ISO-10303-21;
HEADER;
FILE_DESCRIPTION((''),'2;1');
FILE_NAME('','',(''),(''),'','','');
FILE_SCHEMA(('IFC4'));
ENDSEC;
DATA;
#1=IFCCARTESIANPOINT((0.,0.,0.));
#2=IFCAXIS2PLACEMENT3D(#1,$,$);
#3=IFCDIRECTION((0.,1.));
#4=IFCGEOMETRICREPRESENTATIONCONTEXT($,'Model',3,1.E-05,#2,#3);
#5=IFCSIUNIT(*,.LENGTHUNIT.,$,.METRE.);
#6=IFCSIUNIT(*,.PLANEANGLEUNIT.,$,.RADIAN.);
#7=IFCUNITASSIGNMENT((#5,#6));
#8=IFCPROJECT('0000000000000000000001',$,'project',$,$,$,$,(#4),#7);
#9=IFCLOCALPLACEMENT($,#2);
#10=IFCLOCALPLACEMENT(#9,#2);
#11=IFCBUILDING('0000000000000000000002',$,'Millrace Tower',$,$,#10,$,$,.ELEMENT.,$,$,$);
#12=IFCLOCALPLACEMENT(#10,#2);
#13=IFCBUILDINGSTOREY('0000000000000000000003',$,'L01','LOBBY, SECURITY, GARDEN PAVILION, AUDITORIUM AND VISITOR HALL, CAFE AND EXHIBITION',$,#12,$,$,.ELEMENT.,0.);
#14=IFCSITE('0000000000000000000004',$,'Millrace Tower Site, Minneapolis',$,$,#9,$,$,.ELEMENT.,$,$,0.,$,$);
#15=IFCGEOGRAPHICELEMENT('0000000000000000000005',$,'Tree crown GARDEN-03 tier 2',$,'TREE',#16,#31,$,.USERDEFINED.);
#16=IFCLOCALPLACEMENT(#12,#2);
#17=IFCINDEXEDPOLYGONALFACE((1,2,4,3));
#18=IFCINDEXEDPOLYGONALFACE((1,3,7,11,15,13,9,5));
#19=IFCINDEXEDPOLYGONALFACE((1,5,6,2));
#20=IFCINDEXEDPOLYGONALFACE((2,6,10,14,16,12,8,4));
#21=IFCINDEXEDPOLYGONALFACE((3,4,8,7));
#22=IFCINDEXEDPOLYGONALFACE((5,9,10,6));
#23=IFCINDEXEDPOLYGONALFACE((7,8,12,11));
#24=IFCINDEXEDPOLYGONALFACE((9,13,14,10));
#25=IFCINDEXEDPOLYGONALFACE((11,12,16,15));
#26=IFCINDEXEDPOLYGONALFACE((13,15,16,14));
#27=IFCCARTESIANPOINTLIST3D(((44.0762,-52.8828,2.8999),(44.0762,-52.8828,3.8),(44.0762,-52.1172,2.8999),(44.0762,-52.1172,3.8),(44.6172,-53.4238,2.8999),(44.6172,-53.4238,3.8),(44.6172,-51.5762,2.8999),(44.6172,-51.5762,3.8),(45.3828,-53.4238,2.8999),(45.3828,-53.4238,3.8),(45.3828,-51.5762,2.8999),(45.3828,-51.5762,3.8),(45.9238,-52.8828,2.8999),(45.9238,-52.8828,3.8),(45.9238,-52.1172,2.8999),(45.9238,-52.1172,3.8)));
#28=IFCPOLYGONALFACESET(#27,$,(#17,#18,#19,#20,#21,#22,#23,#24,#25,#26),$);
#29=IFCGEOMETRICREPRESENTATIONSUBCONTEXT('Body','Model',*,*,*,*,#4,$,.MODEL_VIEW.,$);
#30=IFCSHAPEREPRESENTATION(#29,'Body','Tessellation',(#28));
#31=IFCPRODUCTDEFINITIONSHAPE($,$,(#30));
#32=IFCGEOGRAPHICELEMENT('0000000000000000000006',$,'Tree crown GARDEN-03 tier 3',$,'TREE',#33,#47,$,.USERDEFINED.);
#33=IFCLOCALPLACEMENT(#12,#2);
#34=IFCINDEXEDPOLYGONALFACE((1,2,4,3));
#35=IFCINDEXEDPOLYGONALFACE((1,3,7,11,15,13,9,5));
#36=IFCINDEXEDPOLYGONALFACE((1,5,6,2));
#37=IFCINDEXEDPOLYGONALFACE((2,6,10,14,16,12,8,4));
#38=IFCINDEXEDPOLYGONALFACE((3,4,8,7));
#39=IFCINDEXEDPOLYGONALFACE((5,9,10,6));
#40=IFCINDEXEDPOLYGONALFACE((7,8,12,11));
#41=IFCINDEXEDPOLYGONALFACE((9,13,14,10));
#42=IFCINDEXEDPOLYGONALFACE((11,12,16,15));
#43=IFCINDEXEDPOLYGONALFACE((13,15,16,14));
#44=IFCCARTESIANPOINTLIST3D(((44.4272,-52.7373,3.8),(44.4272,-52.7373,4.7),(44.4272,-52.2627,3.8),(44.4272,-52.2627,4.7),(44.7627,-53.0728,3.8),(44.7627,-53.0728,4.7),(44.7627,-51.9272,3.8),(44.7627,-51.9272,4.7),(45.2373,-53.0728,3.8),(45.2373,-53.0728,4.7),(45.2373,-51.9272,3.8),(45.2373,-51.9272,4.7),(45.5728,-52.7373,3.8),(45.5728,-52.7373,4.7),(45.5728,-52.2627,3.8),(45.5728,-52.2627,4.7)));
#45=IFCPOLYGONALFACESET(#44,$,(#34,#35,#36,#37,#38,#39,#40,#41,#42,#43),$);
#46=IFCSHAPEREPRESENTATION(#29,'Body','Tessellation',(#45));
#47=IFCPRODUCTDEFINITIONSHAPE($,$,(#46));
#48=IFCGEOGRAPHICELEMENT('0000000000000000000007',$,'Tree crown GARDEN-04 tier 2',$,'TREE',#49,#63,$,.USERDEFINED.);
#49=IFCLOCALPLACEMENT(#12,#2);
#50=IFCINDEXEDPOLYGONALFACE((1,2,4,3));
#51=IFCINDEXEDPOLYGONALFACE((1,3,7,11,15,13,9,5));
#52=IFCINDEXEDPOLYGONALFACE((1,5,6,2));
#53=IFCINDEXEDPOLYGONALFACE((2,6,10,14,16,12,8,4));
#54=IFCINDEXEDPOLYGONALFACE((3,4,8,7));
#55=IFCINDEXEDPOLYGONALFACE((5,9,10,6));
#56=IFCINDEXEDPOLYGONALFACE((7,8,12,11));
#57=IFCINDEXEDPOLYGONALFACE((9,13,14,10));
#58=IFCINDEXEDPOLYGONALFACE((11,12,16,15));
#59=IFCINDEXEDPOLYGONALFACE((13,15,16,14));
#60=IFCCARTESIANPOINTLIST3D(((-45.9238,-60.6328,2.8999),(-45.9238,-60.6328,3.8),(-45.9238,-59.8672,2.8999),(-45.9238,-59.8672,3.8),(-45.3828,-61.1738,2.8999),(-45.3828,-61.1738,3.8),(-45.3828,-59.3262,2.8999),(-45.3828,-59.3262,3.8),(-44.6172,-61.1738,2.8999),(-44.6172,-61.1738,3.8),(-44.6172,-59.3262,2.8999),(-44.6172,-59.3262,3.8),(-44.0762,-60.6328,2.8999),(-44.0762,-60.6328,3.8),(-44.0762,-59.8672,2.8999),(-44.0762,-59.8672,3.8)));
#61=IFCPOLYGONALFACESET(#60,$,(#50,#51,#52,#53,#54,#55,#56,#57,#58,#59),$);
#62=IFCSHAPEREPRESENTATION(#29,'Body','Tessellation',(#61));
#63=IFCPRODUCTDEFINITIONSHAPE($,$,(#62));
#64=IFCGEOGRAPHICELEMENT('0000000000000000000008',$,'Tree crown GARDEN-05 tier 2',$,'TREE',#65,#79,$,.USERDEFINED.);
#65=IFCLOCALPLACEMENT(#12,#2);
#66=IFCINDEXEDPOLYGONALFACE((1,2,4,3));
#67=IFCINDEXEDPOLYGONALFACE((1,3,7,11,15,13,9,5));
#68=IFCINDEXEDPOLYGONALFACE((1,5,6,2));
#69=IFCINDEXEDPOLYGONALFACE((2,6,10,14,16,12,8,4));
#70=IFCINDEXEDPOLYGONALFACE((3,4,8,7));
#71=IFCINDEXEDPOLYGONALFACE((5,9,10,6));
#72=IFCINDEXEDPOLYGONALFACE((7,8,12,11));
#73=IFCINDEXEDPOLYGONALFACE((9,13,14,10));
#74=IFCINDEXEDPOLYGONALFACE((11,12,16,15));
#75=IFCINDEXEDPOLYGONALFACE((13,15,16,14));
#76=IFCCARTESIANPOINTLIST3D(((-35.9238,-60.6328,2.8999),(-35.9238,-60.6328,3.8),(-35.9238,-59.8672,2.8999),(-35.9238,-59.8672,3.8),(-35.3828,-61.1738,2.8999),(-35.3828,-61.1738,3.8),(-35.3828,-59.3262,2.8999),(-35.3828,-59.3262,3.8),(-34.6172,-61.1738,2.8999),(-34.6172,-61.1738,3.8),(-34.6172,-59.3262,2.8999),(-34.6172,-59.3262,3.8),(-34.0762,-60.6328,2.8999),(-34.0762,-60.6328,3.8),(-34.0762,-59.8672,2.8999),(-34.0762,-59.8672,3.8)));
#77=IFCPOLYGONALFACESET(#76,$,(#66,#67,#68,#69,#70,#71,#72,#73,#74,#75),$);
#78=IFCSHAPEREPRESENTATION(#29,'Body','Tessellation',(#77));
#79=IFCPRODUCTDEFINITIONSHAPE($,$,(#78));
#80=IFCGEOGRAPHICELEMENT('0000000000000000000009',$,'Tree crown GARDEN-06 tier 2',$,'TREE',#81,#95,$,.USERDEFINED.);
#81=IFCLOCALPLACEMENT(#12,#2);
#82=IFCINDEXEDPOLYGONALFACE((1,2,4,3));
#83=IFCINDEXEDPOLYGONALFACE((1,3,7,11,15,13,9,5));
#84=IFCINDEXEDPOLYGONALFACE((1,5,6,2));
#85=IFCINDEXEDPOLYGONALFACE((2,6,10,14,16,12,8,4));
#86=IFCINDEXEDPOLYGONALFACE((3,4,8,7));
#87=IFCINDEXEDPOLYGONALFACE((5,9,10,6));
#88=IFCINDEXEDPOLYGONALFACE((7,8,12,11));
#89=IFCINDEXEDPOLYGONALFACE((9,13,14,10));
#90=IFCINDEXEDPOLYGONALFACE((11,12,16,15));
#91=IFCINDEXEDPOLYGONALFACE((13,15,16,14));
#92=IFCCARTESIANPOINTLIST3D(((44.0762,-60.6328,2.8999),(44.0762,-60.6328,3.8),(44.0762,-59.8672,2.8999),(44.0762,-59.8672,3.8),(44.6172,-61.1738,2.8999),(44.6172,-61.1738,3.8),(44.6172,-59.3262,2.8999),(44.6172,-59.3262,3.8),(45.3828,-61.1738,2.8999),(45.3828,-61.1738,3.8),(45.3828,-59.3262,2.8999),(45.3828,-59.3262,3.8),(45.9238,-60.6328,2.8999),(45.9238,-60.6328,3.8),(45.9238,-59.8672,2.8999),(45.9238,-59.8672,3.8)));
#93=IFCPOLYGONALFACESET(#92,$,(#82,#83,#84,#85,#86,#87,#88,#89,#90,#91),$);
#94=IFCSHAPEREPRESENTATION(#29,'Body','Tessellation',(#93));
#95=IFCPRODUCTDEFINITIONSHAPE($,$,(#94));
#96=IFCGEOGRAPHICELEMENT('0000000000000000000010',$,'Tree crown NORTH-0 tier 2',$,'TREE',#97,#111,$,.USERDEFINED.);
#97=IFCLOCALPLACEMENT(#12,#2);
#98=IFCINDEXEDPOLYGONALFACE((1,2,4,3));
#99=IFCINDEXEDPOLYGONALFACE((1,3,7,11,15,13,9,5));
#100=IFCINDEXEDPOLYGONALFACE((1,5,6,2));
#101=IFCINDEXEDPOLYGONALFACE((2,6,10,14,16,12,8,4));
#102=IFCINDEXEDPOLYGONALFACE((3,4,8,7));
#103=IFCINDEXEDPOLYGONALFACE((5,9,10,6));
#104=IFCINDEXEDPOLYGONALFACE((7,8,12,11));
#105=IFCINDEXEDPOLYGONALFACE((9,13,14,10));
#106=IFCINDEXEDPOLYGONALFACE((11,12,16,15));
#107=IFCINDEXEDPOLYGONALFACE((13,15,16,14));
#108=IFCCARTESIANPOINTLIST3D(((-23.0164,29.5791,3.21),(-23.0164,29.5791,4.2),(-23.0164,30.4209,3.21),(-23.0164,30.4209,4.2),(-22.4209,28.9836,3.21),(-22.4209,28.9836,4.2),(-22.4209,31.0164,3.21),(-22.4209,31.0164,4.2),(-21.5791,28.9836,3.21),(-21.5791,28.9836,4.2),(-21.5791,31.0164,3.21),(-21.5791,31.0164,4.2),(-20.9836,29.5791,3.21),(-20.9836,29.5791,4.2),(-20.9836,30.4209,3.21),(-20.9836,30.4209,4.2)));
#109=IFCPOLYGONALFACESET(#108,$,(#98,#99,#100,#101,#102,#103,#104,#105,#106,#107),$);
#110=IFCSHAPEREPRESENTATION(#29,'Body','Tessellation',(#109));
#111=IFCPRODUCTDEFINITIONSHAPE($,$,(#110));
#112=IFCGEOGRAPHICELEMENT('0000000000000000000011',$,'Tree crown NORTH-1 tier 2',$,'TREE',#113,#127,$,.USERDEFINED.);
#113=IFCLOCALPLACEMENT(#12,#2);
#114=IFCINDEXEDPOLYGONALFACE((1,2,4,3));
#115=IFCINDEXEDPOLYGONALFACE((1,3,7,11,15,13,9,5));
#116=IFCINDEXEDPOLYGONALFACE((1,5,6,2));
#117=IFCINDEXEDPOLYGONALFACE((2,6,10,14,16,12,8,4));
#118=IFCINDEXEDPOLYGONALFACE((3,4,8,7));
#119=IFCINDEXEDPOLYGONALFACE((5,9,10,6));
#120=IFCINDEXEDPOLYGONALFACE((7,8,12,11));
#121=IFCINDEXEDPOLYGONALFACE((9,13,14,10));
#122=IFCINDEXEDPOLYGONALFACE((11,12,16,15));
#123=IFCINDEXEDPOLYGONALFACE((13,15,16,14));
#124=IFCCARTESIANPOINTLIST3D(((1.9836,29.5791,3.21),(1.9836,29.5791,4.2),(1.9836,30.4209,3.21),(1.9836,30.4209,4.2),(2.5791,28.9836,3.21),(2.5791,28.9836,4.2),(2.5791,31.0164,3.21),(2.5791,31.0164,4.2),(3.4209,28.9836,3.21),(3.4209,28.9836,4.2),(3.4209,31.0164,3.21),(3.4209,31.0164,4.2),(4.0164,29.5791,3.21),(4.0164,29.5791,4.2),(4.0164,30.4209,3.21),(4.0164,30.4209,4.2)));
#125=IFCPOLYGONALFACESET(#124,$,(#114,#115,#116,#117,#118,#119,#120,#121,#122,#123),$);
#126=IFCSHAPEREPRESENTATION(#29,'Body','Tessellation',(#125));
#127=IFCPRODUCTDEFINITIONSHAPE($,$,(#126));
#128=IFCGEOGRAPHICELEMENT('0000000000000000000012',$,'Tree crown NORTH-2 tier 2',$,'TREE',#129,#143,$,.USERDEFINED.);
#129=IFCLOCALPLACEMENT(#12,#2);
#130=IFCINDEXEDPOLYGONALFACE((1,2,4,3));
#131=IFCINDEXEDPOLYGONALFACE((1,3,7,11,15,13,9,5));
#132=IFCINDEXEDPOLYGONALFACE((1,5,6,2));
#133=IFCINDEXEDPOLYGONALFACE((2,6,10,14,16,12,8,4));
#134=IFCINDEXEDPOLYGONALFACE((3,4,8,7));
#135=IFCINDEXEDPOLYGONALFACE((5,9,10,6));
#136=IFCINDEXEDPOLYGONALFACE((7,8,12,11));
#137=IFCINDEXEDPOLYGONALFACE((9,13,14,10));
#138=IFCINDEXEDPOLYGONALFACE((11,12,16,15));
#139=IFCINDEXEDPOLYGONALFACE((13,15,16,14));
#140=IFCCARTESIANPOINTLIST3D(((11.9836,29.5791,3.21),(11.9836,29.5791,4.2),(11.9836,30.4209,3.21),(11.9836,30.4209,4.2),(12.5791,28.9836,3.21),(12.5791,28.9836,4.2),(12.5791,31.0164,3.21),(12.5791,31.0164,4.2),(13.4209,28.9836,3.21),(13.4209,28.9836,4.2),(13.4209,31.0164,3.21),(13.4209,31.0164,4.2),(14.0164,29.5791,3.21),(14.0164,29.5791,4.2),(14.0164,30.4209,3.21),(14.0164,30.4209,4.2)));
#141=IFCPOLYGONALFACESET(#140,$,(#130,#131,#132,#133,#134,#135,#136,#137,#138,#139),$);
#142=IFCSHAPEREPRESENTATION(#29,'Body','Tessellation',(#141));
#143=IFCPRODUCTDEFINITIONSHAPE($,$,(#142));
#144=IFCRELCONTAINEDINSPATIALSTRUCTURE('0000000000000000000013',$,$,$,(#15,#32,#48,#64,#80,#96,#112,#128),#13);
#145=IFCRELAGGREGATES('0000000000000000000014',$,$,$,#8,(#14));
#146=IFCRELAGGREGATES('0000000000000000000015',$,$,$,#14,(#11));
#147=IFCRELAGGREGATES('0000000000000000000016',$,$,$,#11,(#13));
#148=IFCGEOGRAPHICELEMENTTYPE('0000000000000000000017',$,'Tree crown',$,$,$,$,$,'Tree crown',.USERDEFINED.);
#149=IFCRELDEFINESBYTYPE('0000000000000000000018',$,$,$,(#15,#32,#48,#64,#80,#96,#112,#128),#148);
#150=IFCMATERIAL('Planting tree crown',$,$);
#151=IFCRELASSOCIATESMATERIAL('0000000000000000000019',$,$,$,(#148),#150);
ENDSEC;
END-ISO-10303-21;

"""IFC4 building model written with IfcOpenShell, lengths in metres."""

from ifc_helpers import new_model, si_unit, direction, frame, origin, place, context, subcontext, project, spatial, polyline, outline, extrude, material, type_object, element, save


model = new_model("IFC4")

# Units and contexts
model_context = context("Model", 3, precision=1e-05, world=origin(), true_north=direction((0.0, 1.0)))
body_context = subcontext(model_context, "Body", "Model", "MODEL_VIEW")
ifc_project = project(units=[si_unit("LENGTHUNIT", "METRE"), si_unit("PLANEANGLEUNIT", "RADIAN")], contexts=[model_context])

# Site, building, storey
site_placement = place(None, origin())
site = spatial("IfcSite", under=ifc_project, at=site_placement, Name="Millrace Tower Site, Minneapolis", CompositionType="ELEMENT", RefElevation=0.0)
building_placement = place(site_placement, origin())
building = spatial("IfcBuilding", under=site, at=building_placement, Name="Millrace Tower", CompositionType="ELEMENT")
storey_placement = place(building_placement, origin())
storey = spatial("IfcBuildingStorey", under=building, at=storey_placement, Name="L01", Description="LOBBY, SECURITY, GARDEN PAVILION, AUDITORIUM AND VISITOR HALL, CAFE AND EXHIBITION", CompositionType="ELEMENT", Elevation=0.0)

# Geographic elements
ifc_material_1 = material(Name="Planting tree crown")
geographic_element_type = type_object("IfcGeographicElementType", Name="Tree crown", ElementType="Tree crown", PredefinedType="USERDEFINED", material=ifc_material_1)
placement_1 = place(storey_placement, frame((0.0, 0.0, 2.8999)))
placement_2 = place(storey_placement, frame((0.0, 0.0, 3.8)))
element("IfcGeographicElement", 1, at=placement_1, inside=storey, type_object=geographic_element_type, Name="Tree crown GARDEN-03 tier 2", ObjectType="TREE", PredefinedType="USERDEFINED", context=body_context, shape_type="SweptSolid", body=[
    extrude(outline(polyline([(45.9238, -52.1172), (45.3828, -51.5762), (44.6172, -51.5762), (44.0762, -52.1172), (44.0762, -52.8828), (44.6172, -53.4238), (45.3828, -53.4238), (45.9238, -52.8828), (45.9238, -52.1172)])), origin(), (0.0, 0.0, 1.0), 0.9001),
])
element("IfcGeographicElement", 2, at=placement_2, inside=storey, type_object=geographic_element_type, Name="Tree crown GARDEN-03 tier 3", ObjectType="TREE", PredefinedType="USERDEFINED", context=body_context, shape_type="SweptSolid", body=[
    extrude(outline(polyline([(45.5728, -52.2627), (45.2373, -51.9272), (44.7627, -51.9272), (44.4272, -52.2627), (44.4272, -52.7373), (44.7627, -53.0728), (45.2373, -53.0728), (45.5728, -52.7373), (45.5728, -52.2627)])), origin(), (0.0, 0.0, 1.0), 0.8999),
])
element("IfcGeographicElement", 3, at=placement_1, inside=storey, type_object=geographic_element_type, Name="Tree crown GARDEN-04 tier 2", ObjectType="TREE", PredefinedType="USERDEFINED", context=body_context, shape_type="SweptSolid", body=[
    extrude(outline(polyline([(-44.0762, -59.8672), (-44.6172, -59.3262), (-45.3828, -59.3262), (-45.9238, -59.8672), (-45.9238, -60.6328), (-45.3828, -61.1738), (-44.6172, -61.1738), (-44.0762, -60.6328), (-44.0762, -59.8672)])), origin(), (0.0, 0.0, 1.0), 0.9001),
])
element("IfcGeographicElement", 4, at=placement_1, inside=storey, type_object=geographic_element_type, Name="Tree crown GARDEN-05 tier 2", ObjectType="TREE", PredefinedType="USERDEFINED", context=body_context, shape_type="SweptSolid", body=[
    extrude(outline(polyline([(-34.0762, -59.8672), (-34.6172, -59.3262), (-35.3828, -59.3262), (-35.9238, -59.8672), (-35.9238, -60.6328), (-35.3828, -61.1738), (-34.6172, -61.1738), (-34.0762, -60.6328), (-34.0762, -59.8672)])), origin(), (0.0, 0.0, 1.0), 0.9001),
])
element("IfcGeographicElement", 5, at=placement_1, inside=storey, type_object=geographic_element_type, Name="Tree crown GARDEN-06 tier 2", ObjectType="TREE", PredefinedType="USERDEFINED", context=body_context, shape_type="SweptSolid", body=[
    extrude(outline(polyline([(45.9238, -59.8672), (45.3828, -59.3262), (44.6172, -59.3262), (44.0762, -59.8672), (44.0762, -60.6328), (44.6172, -61.1738), (45.3828, -61.1738), (45.9238, -60.6328), (45.9238, -59.8672)])), origin(), (0.0, 0.0, 1.0), 0.9001),
])
placement_3 = place(storey_placement, frame((0.0, 0.0, 3.21)))
element("IfcGeographicElement", 6, at=placement_3, inside=storey, type_object=geographic_element_type, Name="Tree crown NORTH-0 tier 2", ObjectType="TREE", PredefinedType="USERDEFINED", context=body_context, shape_type="SweptSolid", body=[
    extrude(outline(polyline([(-20.9836, 30.4209), (-21.5791, 31.0164), (-22.4209, 31.0164), (-23.0164, 30.4209), (-23.0164, 29.5791), (-22.4209, 28.9836), (-21.5791, 28.9836), (-20.9836, 29.5791), (-20.9836, 30.4209)])), origin(), (0.0, 0.0, 1.0), 0.99),
])
element("IfcGeographicElement", 7, at=placement_3, inside=storey, type_object=geographic_element_type, Name="Tree crown NORTH-1 tier 2", ObjectType="TREE", PredefinedType="USERDEFINED", context=body_context, shape_type="SweptSolid", body=[
    extrude(outline(polyline([(4.0164, 30.4209), (3.4209, 31.0164), (2.5791, 31.0164), (1.9836, 30.4209), (1.9836, 29.5791), (2.5791, 28.9836), (3.4209, 28.9836), (4.0164, 29.5791), (4.0164, 30.4209)])), origin(), (0.0, 0.0, 1.0), 0.99),
])
element("IfcGeographicElement", 8, at=placement_3, inside=storey, type_object=geographic_element_type, Name="Tree crown NORTH-2 tier 2", ObjectType="TREE", PredefinedType="USERDEFINED", context=body_context, shape_type="SweptSolid", body=[
    extrude(outline(polyline([(14.0164, 30.4209), (13.4209, 31.0164), (12.5791, 31.0164), (11.9836, 30.4209), (11.9836, 29.5791), (12.5791, 28.9836), (13.4209, 28.9836), (14.0164, 29.5791), (14.0164, 30.4209)])), origin(), (0.0, 0.0, 1.0), 0.99),
])

save(model, "model.ifc")
